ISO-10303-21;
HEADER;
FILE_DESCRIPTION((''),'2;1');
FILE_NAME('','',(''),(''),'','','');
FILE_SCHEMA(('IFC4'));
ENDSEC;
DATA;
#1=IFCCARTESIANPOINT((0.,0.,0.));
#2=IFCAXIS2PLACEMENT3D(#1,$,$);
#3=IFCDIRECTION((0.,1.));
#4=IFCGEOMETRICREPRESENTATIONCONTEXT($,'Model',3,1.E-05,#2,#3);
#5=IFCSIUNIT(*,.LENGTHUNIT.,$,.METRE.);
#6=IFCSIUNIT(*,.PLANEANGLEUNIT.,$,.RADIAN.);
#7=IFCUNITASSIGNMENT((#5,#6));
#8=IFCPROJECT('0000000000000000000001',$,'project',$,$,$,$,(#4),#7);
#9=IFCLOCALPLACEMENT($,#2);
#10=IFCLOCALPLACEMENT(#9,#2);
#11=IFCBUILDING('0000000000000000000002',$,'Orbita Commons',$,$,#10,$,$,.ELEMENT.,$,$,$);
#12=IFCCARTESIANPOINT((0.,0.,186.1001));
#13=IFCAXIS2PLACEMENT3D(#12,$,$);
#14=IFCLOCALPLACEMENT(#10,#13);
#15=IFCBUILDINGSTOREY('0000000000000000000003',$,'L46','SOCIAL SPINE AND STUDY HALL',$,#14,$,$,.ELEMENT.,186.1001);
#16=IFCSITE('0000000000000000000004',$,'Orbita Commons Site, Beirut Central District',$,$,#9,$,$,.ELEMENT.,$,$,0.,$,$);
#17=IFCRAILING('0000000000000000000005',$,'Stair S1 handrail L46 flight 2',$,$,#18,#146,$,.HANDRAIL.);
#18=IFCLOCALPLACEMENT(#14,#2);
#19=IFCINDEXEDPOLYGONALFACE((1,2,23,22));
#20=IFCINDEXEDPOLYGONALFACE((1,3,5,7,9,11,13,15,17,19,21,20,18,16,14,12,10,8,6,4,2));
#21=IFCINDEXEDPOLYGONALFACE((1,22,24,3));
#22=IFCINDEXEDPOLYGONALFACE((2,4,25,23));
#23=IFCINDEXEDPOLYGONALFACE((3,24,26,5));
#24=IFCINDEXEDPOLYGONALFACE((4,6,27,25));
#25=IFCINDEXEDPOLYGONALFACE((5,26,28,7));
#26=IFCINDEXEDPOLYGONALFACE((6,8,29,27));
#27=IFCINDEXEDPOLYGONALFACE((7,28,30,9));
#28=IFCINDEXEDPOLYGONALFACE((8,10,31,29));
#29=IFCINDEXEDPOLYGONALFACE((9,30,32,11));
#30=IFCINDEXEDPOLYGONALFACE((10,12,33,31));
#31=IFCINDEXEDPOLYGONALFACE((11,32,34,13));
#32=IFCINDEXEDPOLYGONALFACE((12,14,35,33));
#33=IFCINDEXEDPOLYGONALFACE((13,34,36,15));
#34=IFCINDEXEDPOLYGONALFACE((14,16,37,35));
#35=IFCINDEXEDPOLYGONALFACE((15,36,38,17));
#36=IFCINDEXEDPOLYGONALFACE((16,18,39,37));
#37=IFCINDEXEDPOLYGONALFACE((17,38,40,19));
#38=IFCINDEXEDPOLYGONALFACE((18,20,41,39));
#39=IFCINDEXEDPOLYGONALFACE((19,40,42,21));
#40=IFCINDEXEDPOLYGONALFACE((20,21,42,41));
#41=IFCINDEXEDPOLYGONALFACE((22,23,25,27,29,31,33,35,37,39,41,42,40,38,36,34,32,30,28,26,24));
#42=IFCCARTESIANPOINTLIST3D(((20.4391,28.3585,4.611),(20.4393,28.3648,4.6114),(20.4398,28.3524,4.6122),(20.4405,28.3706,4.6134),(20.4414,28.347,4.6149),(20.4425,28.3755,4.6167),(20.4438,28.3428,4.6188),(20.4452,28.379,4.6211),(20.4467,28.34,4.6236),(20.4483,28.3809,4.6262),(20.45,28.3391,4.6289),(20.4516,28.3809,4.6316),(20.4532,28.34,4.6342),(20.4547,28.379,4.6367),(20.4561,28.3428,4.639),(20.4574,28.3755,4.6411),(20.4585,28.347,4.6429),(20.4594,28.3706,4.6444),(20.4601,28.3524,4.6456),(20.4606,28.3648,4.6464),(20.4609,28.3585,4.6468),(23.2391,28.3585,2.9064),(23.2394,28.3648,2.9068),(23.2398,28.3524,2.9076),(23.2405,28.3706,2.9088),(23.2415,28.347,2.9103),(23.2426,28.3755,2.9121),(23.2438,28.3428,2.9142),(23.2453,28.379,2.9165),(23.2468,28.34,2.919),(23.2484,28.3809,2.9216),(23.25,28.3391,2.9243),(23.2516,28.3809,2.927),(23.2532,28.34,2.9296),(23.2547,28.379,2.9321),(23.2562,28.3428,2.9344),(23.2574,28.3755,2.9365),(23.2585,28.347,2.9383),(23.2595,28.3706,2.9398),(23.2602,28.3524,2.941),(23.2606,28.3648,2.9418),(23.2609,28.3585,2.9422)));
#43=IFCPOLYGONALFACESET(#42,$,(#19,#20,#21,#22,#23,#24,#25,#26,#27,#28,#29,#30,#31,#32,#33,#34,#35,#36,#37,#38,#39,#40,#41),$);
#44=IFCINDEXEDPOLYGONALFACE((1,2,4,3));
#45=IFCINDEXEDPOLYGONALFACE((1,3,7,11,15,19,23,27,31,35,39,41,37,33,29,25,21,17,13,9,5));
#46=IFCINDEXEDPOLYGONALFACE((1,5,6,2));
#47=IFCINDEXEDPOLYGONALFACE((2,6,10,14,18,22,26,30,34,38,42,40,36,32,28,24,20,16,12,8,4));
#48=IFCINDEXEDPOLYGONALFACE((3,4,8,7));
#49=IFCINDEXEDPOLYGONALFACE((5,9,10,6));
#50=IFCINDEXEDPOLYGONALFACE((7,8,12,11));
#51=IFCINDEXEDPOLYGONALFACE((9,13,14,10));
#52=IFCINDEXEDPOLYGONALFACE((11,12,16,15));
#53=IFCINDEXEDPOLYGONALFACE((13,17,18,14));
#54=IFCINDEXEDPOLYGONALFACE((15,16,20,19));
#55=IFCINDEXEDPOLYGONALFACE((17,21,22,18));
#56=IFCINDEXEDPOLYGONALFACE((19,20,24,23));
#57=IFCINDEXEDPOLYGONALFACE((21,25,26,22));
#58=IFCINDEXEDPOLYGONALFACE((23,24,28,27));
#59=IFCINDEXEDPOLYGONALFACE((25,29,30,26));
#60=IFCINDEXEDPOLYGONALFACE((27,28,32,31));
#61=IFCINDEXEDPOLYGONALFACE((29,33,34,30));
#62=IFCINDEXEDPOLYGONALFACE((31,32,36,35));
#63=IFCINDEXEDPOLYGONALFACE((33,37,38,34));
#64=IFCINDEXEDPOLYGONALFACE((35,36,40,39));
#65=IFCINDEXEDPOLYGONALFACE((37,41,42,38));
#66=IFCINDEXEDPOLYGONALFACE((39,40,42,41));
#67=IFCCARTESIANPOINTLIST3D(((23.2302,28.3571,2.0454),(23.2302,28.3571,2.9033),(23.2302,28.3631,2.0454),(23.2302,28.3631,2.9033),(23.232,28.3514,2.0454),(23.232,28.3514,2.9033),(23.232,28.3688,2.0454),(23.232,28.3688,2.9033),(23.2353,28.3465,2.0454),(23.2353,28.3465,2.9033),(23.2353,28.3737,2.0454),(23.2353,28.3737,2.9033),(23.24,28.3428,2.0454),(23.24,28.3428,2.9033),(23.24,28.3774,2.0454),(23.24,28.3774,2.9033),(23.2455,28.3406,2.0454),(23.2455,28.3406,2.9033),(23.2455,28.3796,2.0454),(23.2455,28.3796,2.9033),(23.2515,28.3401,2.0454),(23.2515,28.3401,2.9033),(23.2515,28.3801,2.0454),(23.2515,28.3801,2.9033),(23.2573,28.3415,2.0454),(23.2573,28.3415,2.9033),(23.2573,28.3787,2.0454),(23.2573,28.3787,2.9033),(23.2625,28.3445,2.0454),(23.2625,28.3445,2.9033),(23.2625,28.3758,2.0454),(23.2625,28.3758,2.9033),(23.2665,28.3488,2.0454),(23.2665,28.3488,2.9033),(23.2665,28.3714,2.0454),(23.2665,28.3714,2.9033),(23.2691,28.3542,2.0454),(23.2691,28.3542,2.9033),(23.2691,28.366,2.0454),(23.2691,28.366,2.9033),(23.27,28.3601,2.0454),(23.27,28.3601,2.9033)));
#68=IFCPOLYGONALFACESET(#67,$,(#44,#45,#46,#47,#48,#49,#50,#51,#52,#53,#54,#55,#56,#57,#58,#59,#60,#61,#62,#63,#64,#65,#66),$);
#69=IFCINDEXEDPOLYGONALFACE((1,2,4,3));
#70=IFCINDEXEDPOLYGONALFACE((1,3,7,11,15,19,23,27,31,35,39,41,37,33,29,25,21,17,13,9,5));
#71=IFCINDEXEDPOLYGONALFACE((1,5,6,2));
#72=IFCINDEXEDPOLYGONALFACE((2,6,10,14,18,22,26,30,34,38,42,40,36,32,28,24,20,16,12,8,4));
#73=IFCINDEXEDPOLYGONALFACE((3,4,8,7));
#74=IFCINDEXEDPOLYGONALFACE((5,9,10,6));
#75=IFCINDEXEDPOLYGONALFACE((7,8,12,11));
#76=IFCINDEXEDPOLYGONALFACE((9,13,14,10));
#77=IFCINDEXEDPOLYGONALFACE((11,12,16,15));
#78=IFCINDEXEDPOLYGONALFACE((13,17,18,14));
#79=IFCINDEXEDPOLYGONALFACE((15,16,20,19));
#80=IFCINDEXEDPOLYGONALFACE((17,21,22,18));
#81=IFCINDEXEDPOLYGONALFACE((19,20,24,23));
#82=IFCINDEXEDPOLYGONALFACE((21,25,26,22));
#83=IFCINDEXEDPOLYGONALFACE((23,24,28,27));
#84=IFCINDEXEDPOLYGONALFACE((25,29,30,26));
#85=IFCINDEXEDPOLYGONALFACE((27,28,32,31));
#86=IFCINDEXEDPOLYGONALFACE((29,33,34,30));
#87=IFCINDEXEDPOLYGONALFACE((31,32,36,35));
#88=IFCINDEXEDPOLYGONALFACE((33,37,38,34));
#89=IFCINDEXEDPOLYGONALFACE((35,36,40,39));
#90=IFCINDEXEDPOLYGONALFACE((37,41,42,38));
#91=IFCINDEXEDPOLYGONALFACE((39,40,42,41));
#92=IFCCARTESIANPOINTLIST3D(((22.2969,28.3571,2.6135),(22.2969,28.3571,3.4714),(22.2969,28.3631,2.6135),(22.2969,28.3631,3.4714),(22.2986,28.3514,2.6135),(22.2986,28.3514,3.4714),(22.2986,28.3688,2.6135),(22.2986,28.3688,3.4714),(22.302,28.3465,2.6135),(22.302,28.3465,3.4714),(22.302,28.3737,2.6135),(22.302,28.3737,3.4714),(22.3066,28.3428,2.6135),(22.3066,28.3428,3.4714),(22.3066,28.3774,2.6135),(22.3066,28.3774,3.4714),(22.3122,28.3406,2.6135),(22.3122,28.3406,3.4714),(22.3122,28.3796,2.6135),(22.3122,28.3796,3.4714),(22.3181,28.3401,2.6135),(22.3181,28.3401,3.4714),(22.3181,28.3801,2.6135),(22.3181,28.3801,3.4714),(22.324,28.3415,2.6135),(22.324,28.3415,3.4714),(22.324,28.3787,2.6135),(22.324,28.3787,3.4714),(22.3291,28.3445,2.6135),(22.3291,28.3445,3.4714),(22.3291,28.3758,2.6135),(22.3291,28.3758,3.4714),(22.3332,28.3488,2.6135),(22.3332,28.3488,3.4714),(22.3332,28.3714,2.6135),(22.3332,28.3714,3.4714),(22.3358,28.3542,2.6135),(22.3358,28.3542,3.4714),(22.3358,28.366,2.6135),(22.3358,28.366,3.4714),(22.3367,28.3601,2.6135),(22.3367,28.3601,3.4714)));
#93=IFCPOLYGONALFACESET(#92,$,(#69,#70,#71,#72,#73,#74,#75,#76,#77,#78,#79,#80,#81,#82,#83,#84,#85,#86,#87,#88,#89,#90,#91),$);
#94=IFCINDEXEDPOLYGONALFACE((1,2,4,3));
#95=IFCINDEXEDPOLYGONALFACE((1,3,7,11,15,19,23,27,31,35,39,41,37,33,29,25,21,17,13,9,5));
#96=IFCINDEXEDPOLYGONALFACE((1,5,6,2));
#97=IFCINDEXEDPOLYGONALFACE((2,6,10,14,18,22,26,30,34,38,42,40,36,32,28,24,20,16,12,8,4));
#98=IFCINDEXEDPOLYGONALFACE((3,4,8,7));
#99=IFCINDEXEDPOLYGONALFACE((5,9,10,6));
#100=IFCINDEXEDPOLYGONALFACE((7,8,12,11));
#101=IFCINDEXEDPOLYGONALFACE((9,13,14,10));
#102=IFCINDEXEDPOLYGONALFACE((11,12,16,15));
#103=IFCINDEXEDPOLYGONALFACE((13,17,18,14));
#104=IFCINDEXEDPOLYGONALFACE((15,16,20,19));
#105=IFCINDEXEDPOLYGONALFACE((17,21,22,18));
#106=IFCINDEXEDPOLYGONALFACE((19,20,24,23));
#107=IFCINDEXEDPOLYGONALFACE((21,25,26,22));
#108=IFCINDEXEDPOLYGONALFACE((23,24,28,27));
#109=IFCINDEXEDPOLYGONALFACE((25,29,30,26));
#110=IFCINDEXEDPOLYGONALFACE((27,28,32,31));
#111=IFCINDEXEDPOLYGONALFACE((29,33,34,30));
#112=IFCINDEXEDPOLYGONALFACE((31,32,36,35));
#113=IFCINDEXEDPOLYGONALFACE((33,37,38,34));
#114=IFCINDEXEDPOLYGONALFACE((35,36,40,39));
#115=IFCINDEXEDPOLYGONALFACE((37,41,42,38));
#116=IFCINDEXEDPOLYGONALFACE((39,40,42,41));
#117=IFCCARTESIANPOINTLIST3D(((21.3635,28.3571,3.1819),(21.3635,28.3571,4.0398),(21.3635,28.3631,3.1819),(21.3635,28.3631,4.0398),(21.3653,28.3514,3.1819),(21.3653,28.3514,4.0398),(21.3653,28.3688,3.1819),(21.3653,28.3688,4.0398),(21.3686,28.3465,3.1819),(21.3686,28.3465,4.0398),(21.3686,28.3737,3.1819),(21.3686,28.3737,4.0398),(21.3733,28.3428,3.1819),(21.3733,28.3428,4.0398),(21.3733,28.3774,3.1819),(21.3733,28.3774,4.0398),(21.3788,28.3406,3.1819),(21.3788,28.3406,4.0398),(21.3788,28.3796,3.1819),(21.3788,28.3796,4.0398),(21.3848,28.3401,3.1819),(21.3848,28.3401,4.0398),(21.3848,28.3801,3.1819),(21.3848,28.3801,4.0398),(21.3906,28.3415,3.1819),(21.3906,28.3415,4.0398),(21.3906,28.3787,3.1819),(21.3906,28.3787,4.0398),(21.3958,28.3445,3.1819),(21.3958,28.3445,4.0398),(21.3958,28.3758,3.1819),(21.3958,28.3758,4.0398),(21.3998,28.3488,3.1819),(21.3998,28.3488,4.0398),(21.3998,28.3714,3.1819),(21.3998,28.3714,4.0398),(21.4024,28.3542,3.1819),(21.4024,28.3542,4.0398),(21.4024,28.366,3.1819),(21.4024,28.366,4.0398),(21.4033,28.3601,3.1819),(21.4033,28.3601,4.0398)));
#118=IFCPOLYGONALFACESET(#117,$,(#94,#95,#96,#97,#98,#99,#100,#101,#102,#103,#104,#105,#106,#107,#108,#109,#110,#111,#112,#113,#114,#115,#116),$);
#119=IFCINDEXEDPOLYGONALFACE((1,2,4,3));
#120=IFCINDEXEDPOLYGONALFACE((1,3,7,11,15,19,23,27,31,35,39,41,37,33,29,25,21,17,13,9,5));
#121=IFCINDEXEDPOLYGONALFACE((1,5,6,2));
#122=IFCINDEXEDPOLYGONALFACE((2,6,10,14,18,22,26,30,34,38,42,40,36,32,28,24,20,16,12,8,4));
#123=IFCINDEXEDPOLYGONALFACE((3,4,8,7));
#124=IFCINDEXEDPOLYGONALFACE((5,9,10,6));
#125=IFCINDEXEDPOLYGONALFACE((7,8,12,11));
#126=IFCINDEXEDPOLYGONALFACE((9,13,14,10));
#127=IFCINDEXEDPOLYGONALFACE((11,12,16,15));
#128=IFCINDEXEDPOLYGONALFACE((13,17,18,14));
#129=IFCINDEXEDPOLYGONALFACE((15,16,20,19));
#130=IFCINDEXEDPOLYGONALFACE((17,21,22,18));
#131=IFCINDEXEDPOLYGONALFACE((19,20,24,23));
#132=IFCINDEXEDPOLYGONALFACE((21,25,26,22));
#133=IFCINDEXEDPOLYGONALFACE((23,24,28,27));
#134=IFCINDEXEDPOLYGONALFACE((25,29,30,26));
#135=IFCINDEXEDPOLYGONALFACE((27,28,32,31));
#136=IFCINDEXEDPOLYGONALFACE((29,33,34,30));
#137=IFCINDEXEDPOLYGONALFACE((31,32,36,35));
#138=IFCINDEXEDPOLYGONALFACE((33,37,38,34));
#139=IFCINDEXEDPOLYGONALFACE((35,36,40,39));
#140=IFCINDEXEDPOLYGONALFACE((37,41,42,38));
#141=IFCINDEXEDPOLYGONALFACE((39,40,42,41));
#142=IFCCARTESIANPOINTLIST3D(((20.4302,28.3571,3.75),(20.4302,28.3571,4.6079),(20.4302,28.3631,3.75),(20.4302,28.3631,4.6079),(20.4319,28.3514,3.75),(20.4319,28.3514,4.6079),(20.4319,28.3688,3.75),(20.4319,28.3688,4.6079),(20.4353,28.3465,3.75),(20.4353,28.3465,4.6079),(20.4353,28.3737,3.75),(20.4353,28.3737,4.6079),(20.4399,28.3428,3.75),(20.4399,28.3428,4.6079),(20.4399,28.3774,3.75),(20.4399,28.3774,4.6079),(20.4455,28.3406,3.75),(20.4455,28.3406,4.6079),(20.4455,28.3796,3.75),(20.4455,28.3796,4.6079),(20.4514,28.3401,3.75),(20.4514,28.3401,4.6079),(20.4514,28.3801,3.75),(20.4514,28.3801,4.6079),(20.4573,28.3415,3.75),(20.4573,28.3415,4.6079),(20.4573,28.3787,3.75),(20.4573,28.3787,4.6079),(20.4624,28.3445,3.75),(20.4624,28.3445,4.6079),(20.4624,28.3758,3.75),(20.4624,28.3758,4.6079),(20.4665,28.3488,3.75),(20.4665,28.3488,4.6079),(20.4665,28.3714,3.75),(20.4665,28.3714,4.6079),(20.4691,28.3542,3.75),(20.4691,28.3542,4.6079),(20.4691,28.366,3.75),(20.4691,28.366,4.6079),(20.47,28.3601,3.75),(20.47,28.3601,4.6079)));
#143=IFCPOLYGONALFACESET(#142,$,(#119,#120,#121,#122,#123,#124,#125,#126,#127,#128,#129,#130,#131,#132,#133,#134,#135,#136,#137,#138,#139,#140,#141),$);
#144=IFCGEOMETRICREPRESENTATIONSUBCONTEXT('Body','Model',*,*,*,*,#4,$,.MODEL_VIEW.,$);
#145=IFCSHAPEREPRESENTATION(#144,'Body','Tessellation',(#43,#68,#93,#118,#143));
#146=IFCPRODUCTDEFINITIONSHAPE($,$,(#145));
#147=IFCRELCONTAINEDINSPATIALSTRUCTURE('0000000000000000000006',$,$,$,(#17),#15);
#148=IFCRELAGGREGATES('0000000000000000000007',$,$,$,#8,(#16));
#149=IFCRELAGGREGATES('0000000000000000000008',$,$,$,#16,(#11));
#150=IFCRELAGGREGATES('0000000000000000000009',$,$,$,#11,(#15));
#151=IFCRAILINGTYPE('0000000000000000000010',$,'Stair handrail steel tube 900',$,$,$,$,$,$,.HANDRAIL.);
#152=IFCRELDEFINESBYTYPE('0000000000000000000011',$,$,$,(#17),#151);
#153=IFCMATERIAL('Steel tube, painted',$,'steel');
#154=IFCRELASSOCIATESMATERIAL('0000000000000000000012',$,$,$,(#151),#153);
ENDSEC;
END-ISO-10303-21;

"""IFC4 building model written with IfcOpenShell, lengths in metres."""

from ifc_helpers import new_model, si_unit, direction, frame, origin, origin_2d, place, context, subcontext, project, spatial, circle, extrude, material, type_object, element, save


model = new_model("IFC4")

# Units and contexts
model_context = context("Model", 3, precision=1e-05, world=origin(), true_north=direction((0.0, 1.0)))
body_context = subcontext(model_context, "Body", "Model", "MODEL_VIEW")
ifc_project = project(units=[si_unit("LENGTHUNIT", "METRE"), si_unit("PLANEANGLEUNIT", "RADIAN")], contexts=[model_context])

# Site, building, storey
site_placement = place(None, origin())
site = spatial("IfcSite", under=ifc_project, at=site_placement, Name="Orbita Commons Site, Beirut Central District", CompositionType="ELEMENT", RefElevation=0.0)
building_placement = place(site_placement, origin())
building = spatial("IfcBuilding", under=site, at=building_placement, Name="Orbita Commons", CompositionType="ELEMENT")
storey_placement = place(building_placement, frame((0.0, 0.0, 186.1001)))
storey = spatial("IfcBuildingStorey", under=building, at=storey_placement, Name="L46", Description="SOCIAL SPINE AND STUDY HALL", CompositionType="ELEMENT", Elevation=186.1001)

# Railing
ifc_material_1 = material(Name="Steel tube, painted", Category="steel")
railing_type = type_object("IfcRailingType", Name="Stair handrail steel tube 900", PredefinedType="HANDRAIL", material=ifc_material_1)
railing_placement = place(storey_placement, frame((23.25, 28.3601, 2.0454)))
element("IfcRailing", 1, at=railing_placement, inside=storey, type_object=railing_type, Name="Stair S1 handrail L46 flight 2", PredefinedType="HANDRAIL", context=body_context, shape_type="SweptSolid", body=[
    extrude(circle(Radius=0.021, at=origin_2d()), frame((0.0, 0.0, 0.8789), z_axis=(-0.85417, 0.0, 0.519994), x_axis=(0.0, -1.0, 0.0)), (0.0, 0.0, 1.0), 3.2781),
    extrude(circle(Radius=0.02, at=origin_2d()), origin(), (0.0, 0.0, 1.0), 0.8579),
    extrude(circle(Radius=0.02, at=origin_2d()), frame((-0.9333, 0.0, 0.5681)), (0.0, 0.0, 1.0), 0.8579),
    extrude(circle(Radius=0.02, at=origin_2d()), frame((-1.8667, 0.0, 1.1365)), (0.0, 0.0, 1.0), 0.8579),
    extrude(circle(Radius=0.02, at=origin_2d()), frame((-2.8, 0.0, 1.7046)), (0.0, 0.0, 1.0), 0.8579),
])

save(model, "model.ifc")
